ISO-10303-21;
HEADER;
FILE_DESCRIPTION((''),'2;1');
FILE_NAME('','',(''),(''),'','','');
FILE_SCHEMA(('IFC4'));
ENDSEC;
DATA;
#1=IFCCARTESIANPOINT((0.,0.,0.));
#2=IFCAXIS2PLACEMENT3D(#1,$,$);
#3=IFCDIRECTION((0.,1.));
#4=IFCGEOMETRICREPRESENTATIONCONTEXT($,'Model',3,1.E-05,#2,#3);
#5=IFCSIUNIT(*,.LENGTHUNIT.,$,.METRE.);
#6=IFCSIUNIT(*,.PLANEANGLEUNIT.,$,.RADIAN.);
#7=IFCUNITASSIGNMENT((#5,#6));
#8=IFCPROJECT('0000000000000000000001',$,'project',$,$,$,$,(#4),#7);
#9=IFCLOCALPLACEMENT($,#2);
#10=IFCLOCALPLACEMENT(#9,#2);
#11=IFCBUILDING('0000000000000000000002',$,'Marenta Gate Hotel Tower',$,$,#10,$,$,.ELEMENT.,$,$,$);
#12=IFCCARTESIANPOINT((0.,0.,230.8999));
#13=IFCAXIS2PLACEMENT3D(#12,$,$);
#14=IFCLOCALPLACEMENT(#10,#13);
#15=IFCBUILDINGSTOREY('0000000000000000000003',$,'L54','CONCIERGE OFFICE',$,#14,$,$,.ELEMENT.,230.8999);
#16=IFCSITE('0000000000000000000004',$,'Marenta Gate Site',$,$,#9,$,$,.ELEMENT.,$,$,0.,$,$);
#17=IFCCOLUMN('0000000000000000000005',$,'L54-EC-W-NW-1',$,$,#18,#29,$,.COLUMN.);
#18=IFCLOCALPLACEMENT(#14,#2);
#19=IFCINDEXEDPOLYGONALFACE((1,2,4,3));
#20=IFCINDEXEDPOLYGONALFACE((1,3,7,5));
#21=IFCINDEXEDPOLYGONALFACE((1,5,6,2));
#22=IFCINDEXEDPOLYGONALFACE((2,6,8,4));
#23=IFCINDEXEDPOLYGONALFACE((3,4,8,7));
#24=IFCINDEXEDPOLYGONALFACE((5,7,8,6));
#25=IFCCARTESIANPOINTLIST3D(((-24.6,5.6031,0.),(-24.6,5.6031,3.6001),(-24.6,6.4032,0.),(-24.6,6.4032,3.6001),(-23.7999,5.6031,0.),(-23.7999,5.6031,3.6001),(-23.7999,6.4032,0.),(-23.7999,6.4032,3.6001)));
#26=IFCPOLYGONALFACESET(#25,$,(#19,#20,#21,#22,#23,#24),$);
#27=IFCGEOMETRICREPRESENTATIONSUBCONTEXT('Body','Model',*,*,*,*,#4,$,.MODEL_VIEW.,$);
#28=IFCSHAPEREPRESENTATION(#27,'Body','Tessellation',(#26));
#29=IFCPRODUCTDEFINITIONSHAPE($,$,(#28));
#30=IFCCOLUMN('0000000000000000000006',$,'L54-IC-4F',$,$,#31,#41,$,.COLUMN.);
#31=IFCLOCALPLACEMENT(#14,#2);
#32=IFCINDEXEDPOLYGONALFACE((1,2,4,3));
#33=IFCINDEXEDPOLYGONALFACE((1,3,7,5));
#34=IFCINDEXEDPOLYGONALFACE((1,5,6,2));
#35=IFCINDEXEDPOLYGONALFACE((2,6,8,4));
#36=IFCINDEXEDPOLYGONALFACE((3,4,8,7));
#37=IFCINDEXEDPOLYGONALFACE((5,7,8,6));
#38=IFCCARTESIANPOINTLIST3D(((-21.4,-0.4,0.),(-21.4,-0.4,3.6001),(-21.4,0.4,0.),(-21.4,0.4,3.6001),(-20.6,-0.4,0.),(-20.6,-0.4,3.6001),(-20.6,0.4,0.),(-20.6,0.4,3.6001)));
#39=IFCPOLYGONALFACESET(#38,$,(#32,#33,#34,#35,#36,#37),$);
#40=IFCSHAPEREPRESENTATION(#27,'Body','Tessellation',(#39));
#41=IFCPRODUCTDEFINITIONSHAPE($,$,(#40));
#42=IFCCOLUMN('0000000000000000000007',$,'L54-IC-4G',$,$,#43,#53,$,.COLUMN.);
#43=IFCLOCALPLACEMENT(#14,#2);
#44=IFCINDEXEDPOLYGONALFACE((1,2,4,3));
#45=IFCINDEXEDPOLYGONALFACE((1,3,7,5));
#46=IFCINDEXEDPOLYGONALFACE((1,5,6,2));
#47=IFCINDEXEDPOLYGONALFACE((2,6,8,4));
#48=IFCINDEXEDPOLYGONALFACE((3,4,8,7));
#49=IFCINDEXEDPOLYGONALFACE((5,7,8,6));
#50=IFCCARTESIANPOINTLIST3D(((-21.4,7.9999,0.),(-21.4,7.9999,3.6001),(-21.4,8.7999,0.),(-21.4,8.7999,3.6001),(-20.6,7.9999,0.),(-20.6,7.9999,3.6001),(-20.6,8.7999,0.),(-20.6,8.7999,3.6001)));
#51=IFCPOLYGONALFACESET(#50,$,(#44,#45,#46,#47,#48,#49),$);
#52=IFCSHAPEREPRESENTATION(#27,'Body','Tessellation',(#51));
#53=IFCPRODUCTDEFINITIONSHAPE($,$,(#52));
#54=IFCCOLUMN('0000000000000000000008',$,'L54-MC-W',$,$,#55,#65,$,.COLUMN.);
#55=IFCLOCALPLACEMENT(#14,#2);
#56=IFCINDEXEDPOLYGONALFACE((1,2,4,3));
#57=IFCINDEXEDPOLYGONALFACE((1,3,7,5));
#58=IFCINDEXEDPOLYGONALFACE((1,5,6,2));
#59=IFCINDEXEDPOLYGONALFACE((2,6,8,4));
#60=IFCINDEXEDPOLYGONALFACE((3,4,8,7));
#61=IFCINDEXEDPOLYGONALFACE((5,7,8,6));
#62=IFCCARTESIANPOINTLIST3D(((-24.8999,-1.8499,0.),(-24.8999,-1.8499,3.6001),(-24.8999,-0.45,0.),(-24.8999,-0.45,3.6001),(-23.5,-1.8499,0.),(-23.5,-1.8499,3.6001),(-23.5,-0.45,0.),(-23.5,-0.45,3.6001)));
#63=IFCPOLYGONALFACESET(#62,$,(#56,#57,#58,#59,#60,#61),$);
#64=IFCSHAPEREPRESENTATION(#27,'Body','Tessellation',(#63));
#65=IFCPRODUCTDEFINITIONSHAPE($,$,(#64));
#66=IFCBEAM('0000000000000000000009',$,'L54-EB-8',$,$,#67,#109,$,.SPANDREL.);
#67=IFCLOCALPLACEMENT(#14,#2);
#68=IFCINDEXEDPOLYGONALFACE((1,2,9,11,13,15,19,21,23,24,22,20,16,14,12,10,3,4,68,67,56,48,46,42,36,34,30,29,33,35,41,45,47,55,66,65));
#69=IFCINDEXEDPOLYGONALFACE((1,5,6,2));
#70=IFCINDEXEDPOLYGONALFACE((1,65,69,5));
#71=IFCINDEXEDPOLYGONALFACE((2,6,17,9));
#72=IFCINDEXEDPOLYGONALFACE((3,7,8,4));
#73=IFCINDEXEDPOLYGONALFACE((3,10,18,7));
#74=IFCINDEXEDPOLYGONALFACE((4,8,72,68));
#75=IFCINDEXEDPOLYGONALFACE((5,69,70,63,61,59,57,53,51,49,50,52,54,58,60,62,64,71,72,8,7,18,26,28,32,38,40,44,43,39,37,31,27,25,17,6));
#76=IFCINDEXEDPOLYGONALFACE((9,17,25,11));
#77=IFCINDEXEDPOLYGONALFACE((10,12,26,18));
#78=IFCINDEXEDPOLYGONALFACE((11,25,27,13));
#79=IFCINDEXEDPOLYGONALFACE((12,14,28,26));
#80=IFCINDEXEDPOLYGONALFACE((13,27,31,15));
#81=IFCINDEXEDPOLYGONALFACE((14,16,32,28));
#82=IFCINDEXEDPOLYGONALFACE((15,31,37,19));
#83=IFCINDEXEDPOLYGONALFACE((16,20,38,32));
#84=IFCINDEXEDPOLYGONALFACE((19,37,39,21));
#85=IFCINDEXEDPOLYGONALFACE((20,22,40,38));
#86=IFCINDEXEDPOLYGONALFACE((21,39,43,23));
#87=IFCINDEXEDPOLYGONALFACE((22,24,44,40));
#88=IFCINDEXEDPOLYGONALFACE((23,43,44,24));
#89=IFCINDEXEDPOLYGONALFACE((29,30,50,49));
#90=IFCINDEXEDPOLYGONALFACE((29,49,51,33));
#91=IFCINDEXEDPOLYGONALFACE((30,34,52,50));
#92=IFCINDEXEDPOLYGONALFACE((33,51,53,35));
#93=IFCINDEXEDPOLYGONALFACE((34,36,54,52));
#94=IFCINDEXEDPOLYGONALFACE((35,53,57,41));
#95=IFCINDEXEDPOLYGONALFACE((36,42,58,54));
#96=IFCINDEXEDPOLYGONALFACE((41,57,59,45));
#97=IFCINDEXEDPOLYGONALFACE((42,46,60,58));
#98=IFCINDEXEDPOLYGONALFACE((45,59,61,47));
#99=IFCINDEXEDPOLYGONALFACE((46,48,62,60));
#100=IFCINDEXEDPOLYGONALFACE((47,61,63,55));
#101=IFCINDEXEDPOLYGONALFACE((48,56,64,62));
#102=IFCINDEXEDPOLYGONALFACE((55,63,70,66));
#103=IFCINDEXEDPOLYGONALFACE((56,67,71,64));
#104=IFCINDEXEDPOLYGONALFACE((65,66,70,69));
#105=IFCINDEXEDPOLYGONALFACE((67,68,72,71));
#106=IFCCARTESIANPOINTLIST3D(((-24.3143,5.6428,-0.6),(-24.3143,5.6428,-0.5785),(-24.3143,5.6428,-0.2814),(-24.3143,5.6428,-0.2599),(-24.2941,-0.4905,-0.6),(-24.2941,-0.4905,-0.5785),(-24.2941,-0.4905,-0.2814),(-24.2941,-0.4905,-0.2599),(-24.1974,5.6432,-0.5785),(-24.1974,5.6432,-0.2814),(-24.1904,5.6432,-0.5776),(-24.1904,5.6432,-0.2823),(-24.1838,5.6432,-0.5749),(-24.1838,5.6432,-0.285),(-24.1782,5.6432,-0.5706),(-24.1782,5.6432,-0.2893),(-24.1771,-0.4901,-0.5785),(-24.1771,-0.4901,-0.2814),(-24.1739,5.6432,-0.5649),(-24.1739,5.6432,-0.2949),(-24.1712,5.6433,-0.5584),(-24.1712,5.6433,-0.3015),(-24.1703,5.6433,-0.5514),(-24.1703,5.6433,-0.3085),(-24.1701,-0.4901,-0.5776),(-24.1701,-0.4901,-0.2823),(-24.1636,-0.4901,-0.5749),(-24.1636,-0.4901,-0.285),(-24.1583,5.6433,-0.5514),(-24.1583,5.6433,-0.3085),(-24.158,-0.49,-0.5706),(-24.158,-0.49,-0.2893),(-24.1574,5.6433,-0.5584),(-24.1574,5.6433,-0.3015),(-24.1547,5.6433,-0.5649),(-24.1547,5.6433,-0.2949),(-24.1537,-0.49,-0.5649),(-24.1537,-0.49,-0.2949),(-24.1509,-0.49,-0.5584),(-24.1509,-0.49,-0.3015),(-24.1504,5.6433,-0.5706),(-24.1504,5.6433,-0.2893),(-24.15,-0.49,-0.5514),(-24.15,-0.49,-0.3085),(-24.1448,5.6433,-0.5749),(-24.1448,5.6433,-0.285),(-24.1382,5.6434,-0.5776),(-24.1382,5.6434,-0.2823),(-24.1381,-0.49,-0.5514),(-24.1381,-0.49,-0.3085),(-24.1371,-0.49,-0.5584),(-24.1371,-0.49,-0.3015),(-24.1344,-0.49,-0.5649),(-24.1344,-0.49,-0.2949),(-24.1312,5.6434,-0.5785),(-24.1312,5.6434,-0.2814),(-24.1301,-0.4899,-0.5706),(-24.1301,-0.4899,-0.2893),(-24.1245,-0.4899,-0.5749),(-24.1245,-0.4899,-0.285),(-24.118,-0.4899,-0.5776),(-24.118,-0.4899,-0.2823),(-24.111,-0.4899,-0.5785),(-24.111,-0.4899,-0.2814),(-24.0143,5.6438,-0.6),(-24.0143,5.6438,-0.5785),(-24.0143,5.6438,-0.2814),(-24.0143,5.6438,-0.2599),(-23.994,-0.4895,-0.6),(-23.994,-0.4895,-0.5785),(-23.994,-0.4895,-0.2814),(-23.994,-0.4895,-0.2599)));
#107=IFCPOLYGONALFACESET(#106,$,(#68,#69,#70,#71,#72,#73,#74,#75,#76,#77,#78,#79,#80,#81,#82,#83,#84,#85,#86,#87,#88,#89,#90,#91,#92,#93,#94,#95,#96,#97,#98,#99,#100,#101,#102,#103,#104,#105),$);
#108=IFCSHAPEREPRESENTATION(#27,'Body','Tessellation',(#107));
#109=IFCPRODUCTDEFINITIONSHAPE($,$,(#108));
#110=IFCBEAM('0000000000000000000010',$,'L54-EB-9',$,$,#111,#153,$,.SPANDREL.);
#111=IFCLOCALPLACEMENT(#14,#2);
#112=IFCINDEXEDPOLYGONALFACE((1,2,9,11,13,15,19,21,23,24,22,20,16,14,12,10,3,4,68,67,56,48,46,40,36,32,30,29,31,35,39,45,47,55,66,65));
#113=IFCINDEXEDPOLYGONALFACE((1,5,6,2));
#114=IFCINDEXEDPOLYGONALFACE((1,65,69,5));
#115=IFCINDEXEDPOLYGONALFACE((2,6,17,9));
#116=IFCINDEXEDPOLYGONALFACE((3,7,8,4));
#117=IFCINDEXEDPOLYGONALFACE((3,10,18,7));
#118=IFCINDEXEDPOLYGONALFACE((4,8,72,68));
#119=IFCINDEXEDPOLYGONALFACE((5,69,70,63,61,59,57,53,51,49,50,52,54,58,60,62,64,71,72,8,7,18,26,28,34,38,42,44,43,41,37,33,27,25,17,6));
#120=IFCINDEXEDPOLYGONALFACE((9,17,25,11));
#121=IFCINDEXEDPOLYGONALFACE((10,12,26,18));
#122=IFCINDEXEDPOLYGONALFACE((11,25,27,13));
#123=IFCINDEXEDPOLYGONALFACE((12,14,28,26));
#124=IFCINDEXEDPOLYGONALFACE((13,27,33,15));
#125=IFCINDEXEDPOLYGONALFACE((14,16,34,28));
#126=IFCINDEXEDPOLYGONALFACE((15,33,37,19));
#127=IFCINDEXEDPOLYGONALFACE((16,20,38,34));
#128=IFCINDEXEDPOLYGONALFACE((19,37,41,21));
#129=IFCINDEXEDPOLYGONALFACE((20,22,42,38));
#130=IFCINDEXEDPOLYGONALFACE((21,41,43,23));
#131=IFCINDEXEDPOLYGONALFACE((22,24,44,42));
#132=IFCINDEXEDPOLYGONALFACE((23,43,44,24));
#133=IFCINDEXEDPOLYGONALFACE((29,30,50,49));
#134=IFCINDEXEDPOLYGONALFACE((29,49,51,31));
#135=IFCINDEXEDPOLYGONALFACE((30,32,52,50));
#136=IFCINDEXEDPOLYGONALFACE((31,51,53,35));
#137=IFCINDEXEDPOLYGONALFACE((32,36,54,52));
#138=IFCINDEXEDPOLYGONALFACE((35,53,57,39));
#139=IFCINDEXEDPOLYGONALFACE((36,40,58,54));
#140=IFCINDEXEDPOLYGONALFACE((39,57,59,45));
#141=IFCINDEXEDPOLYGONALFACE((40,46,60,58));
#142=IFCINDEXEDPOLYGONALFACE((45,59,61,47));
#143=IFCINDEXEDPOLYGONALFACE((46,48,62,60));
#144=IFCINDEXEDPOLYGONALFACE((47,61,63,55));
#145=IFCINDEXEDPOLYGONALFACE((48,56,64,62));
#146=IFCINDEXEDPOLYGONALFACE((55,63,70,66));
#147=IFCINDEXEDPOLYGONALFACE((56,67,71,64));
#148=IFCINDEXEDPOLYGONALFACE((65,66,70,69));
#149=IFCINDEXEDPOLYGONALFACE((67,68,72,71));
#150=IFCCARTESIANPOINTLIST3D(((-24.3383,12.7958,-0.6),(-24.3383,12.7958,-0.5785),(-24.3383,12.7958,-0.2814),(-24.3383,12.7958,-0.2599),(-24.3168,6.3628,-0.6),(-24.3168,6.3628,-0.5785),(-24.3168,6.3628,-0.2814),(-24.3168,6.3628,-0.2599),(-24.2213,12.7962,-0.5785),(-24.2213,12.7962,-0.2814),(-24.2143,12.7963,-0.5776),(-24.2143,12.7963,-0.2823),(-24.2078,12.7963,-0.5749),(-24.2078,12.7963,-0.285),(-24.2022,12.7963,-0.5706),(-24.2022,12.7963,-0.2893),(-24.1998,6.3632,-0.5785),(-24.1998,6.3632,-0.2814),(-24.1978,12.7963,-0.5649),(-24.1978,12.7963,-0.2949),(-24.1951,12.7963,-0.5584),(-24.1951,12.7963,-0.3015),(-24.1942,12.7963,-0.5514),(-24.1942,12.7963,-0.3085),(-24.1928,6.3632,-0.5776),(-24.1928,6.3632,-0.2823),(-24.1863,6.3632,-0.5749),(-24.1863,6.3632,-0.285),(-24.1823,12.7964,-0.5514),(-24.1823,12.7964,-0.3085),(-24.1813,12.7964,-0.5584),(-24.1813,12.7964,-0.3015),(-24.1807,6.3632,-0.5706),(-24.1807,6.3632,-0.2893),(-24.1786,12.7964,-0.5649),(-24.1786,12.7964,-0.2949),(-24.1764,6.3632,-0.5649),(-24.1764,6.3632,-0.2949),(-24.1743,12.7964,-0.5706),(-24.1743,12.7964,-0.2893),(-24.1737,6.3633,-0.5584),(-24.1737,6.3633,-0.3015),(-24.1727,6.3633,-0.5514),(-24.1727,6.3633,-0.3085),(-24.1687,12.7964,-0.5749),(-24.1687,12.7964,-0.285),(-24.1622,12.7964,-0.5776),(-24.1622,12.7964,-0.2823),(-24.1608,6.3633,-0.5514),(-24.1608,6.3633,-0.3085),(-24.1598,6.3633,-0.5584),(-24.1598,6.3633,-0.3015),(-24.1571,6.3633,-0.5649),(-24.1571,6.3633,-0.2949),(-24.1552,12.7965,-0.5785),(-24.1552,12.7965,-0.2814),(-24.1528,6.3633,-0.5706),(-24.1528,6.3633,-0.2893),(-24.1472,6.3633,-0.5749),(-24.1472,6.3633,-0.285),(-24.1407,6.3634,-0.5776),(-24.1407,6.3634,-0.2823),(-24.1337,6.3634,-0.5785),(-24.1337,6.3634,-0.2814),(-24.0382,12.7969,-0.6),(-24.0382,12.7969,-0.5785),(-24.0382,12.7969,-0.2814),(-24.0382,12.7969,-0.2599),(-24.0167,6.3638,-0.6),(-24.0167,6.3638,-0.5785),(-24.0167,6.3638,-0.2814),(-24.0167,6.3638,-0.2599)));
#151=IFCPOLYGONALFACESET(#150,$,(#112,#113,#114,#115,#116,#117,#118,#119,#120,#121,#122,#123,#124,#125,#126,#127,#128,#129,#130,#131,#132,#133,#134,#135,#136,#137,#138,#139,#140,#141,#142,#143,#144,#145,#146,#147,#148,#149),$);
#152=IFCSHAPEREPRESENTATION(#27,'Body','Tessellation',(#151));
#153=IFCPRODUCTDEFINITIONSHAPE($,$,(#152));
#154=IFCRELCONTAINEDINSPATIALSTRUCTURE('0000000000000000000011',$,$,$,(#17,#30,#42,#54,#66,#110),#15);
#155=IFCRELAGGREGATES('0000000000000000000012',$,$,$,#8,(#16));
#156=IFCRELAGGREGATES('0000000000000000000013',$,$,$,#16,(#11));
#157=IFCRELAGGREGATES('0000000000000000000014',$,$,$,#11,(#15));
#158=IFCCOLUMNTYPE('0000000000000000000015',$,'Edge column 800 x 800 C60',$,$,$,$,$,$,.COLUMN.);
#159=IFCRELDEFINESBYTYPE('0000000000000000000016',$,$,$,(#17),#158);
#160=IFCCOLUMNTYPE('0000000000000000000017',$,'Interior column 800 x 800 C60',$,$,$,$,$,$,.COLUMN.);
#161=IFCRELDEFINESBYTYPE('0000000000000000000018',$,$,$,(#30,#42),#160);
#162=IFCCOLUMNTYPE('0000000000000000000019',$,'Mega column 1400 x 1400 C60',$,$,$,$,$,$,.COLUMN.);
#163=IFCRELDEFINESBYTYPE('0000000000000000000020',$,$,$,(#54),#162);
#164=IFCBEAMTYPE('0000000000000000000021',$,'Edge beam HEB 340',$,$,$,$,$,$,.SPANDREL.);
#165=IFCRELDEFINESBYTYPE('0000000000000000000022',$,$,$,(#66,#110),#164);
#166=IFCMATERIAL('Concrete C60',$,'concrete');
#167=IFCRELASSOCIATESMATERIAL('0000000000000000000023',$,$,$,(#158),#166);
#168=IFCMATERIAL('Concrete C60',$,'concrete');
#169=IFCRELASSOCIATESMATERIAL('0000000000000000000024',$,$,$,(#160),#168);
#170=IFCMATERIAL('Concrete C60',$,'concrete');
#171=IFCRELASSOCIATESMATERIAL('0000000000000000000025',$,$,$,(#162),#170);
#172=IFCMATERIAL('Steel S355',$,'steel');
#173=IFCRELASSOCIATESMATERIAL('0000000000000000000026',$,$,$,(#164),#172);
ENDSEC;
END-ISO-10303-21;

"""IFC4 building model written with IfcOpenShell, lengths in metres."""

from ifc_helpers import new_model, si_unit, direction, frame, origin, origin_2d, place, context, subcontext, project, spatial, rectangle, i_section, extrude, material, material_profile, profile_set, type_object, element, save


model = new_model("IFC4")

# Units and contexts
model_context = context("Model", 3, precision=1e-05, world=origin(), true_north=direction((0.0, 1.0)))
body_context = subcontext(model_context, "Body", "Model", "MODEL_VIEW")
ifc_project = project(units=[si_unit("LENGTHUNIT", "METRE"), si_unit("PLANEANGLEUNIT", "RADIAN")], contexts=[model_context])

# Site, building, storey
site_placement = place(None, origin())
site = spatial("IfcSite", under=ifc_project, at=site_placement, Name="Marenta Gate Site", CompositionType="ELEMENT", RefElevation=0.0)
building_placement = place(site_placement, origin())
building = spatial("IfcBuilding", under=site, at=building_placement, Name="Marenta Gate Hotel Tower", CompositionType="ELEMENT")
storey_placement = place(building_placement, frame((0.0, 0.0, 230.8999)))
storey = spatial("IfcBuildingStorey", under=building, at=storey_placement, Name="L54", Description="CONCIERGE OFFICE", CompositionType="ELEMENT", Elevation=230.8999)

# Columns
ifc_material_1 = material(Name="Concrete C60", Category="concrete")
ifc_material_profile_1 = material_profile(ifc_material_1, rectangle(XDim=0.8, YDim=0.8, at=origin_2d()), Name="800 x 800")
ifc_profile_set_1 = profile_set([ifc_material_profile_1], Name="Concrete C60")
column_type_1 = type_object("IfcColumnType", Name="Edge column 800 x 800 C60", PredefinedType="COLUMN", material=ifc_profile_set_1)
column_1_placement = place(storey_placement, frame((-24.2, 6.0032, 0.0), z_axis=(0.0, 0.0, 1.0), x_axis=(1.0, 0.0, 0.0)))
element("IfcColumn", 1, at=column_1_placement, inside=storey, type_object=column_type_1, Name="L54-EC-W-NW-1", PredefinedType="COLUMN", context=body_context, shape_type="SweptSolid", body=[
    extrude(rectangle(XDim=0.8, YDim=0.8, at=origin_2d()), origin(), (0.0, 0.0, 1.0), 3.6001),
])
ifc_material_2 = material(Name="Concrete C60", Category="concrete")
ifc_material_profile_2 = material_profile(ifc_material_2, rectangle(XDim=0.8, YDim=0.8, at=origin_2d()), Name="800 x 800")
ifc_profile_set_2 = profile_set([ifc_material_profile_2], Name="Concrete C60")
column_type_2 = type_object("IfcColumnType", Name="Interior column 800 x 800 C60", PredefinedType="COLUMN", material=ifc_profile_set_2)
for number, where, z_axis, x_axis, name in (
    (2, (-21.0, 0.0, 0.0), (0.0, 0.0, 1.0), (1.0, 0.0, 0.0), "L54-IC-4F"),
    (3, (-21.0, 8.3999, 0.0), (0.0, 0.0, 1.0), (1.0, 0.0, 0.0), "L54-IC-4G"),
):
    element("IfcColumn", number, at=place(storey_placement, frame(where, z_axis=z_axis, x_axis=x_axis)), inside=storey, type_object=column_type_2, Name=name, PredefinedType="COLUMN", context=body_context, shape_type="SweptSolid", body=[
        extrude(rectangle(XDim=0.8, YDim=0.8, at=origin_2d()), origin(), (0.0, 0.0, 1.0), 3.6001),
    ])
ifc_material_3 = material(Name="Concrete C60", Category="concrete")
ifc_material_profile_3 = material_profile(ifc_material_3, rectangle(XDim=1.3999, YDim=1.3999, at=origin_2d()), Name="1400 x 1400")
ifc_profile_set_3 = profile_set([ifc_material_profile_3], Name="Concrete C60")
column_type_3 = type_object("IfcColumnType", Name="Mega column 1400 x 1400 C60", PredefinedType="COLUMN", material=ifc_profile_set_3)
column_2_placement = place(storey_placement, frame((-24.2, -1.1499, 0.0), z_axis=(0.0, 0.0, 1.0), x_axis=(1.0, 0.0, 0.0)))
element("IfcColumn", 4, at=column_2_placement, inside=storey, type_object=column_type_3, Name="L54-MC-W", PredefinedType="COLUMN", context=body_context, shape_type="SweptSolid", body=[
    extrude(rectangle(XDim=1.3999, YDim=1.3999, at=origin_2d()), origin(), (0.0, 0.0, 1.0), 3.6001),
])

# Beams
ifc_material_4 = material(Name="Steel S355", Category="steel")
ifc_material_profile_4 = material_profile(ifc_material_4, i_section(OverallWidth=0.3, OverallDepth=0.3401, WebThickness=0.012, FlangeThickness=0.0215, FilletRadius=0.0271, at=origin_2d()), Name="HEB 340")
ifc_profile_set_4 = profile_set([ifc_material_profile_4], Name="Steel S355")
beam_type_1 = type_object("IfcBeamType", Name="Edge beam HEB 340", PredefinedType="SPANDREL", material=ifc_profile_set_4)
beam_1_placement = place(storey_placement, frame((-24.144, -0.49, -0.4299), z_axis=(-0.003304, 0.999995, 0.0), x_axis=(-0.999995, -0.003304, 0.0)))
element("IfcBeam", 5, at=beam_1_placement, inside=storey, type_object=beam_type_1, Name="L54-EB-8", PredefinedType="SPANDREL", context=body_context, shape_type="SweptSolid", body=[
    extrude(i_section(OverallWidth=0.3, OverallDepth=0.3401, WebThickness=0.012, FlangeThickness=0.0215, FilletRadius=0.0271, at=origin_2d()), origin(), (0.0, 0.0, 1.0), 6.1333),
])
beam_2_placement = place(storey_placement, frame((-24.1667, 6.3633, -0.4299), z_axis=(-0.00334, 0.999994, 0.0), x_axis=(-0.999994, -0.00334, 0.0)))
element("IfcBeam", 6, at=beam_2_placement, inside=storey, type_object=beam_type_1, Name="L54-EB-9", PredefinedType="SPANDREL", context=body_context, shape_type="SweptSolid", body=[
    extrude(i_section(OverallWidth=0.3, OverallDepth=0.3401, WebThickness=0.012, FlangeThickness=0.0215, FilletRadius=0.0271, at=origin_2d()), origin(), (0.0, 0.0, 1.0), 6.4331),
])

save(model, "model.ifc")
